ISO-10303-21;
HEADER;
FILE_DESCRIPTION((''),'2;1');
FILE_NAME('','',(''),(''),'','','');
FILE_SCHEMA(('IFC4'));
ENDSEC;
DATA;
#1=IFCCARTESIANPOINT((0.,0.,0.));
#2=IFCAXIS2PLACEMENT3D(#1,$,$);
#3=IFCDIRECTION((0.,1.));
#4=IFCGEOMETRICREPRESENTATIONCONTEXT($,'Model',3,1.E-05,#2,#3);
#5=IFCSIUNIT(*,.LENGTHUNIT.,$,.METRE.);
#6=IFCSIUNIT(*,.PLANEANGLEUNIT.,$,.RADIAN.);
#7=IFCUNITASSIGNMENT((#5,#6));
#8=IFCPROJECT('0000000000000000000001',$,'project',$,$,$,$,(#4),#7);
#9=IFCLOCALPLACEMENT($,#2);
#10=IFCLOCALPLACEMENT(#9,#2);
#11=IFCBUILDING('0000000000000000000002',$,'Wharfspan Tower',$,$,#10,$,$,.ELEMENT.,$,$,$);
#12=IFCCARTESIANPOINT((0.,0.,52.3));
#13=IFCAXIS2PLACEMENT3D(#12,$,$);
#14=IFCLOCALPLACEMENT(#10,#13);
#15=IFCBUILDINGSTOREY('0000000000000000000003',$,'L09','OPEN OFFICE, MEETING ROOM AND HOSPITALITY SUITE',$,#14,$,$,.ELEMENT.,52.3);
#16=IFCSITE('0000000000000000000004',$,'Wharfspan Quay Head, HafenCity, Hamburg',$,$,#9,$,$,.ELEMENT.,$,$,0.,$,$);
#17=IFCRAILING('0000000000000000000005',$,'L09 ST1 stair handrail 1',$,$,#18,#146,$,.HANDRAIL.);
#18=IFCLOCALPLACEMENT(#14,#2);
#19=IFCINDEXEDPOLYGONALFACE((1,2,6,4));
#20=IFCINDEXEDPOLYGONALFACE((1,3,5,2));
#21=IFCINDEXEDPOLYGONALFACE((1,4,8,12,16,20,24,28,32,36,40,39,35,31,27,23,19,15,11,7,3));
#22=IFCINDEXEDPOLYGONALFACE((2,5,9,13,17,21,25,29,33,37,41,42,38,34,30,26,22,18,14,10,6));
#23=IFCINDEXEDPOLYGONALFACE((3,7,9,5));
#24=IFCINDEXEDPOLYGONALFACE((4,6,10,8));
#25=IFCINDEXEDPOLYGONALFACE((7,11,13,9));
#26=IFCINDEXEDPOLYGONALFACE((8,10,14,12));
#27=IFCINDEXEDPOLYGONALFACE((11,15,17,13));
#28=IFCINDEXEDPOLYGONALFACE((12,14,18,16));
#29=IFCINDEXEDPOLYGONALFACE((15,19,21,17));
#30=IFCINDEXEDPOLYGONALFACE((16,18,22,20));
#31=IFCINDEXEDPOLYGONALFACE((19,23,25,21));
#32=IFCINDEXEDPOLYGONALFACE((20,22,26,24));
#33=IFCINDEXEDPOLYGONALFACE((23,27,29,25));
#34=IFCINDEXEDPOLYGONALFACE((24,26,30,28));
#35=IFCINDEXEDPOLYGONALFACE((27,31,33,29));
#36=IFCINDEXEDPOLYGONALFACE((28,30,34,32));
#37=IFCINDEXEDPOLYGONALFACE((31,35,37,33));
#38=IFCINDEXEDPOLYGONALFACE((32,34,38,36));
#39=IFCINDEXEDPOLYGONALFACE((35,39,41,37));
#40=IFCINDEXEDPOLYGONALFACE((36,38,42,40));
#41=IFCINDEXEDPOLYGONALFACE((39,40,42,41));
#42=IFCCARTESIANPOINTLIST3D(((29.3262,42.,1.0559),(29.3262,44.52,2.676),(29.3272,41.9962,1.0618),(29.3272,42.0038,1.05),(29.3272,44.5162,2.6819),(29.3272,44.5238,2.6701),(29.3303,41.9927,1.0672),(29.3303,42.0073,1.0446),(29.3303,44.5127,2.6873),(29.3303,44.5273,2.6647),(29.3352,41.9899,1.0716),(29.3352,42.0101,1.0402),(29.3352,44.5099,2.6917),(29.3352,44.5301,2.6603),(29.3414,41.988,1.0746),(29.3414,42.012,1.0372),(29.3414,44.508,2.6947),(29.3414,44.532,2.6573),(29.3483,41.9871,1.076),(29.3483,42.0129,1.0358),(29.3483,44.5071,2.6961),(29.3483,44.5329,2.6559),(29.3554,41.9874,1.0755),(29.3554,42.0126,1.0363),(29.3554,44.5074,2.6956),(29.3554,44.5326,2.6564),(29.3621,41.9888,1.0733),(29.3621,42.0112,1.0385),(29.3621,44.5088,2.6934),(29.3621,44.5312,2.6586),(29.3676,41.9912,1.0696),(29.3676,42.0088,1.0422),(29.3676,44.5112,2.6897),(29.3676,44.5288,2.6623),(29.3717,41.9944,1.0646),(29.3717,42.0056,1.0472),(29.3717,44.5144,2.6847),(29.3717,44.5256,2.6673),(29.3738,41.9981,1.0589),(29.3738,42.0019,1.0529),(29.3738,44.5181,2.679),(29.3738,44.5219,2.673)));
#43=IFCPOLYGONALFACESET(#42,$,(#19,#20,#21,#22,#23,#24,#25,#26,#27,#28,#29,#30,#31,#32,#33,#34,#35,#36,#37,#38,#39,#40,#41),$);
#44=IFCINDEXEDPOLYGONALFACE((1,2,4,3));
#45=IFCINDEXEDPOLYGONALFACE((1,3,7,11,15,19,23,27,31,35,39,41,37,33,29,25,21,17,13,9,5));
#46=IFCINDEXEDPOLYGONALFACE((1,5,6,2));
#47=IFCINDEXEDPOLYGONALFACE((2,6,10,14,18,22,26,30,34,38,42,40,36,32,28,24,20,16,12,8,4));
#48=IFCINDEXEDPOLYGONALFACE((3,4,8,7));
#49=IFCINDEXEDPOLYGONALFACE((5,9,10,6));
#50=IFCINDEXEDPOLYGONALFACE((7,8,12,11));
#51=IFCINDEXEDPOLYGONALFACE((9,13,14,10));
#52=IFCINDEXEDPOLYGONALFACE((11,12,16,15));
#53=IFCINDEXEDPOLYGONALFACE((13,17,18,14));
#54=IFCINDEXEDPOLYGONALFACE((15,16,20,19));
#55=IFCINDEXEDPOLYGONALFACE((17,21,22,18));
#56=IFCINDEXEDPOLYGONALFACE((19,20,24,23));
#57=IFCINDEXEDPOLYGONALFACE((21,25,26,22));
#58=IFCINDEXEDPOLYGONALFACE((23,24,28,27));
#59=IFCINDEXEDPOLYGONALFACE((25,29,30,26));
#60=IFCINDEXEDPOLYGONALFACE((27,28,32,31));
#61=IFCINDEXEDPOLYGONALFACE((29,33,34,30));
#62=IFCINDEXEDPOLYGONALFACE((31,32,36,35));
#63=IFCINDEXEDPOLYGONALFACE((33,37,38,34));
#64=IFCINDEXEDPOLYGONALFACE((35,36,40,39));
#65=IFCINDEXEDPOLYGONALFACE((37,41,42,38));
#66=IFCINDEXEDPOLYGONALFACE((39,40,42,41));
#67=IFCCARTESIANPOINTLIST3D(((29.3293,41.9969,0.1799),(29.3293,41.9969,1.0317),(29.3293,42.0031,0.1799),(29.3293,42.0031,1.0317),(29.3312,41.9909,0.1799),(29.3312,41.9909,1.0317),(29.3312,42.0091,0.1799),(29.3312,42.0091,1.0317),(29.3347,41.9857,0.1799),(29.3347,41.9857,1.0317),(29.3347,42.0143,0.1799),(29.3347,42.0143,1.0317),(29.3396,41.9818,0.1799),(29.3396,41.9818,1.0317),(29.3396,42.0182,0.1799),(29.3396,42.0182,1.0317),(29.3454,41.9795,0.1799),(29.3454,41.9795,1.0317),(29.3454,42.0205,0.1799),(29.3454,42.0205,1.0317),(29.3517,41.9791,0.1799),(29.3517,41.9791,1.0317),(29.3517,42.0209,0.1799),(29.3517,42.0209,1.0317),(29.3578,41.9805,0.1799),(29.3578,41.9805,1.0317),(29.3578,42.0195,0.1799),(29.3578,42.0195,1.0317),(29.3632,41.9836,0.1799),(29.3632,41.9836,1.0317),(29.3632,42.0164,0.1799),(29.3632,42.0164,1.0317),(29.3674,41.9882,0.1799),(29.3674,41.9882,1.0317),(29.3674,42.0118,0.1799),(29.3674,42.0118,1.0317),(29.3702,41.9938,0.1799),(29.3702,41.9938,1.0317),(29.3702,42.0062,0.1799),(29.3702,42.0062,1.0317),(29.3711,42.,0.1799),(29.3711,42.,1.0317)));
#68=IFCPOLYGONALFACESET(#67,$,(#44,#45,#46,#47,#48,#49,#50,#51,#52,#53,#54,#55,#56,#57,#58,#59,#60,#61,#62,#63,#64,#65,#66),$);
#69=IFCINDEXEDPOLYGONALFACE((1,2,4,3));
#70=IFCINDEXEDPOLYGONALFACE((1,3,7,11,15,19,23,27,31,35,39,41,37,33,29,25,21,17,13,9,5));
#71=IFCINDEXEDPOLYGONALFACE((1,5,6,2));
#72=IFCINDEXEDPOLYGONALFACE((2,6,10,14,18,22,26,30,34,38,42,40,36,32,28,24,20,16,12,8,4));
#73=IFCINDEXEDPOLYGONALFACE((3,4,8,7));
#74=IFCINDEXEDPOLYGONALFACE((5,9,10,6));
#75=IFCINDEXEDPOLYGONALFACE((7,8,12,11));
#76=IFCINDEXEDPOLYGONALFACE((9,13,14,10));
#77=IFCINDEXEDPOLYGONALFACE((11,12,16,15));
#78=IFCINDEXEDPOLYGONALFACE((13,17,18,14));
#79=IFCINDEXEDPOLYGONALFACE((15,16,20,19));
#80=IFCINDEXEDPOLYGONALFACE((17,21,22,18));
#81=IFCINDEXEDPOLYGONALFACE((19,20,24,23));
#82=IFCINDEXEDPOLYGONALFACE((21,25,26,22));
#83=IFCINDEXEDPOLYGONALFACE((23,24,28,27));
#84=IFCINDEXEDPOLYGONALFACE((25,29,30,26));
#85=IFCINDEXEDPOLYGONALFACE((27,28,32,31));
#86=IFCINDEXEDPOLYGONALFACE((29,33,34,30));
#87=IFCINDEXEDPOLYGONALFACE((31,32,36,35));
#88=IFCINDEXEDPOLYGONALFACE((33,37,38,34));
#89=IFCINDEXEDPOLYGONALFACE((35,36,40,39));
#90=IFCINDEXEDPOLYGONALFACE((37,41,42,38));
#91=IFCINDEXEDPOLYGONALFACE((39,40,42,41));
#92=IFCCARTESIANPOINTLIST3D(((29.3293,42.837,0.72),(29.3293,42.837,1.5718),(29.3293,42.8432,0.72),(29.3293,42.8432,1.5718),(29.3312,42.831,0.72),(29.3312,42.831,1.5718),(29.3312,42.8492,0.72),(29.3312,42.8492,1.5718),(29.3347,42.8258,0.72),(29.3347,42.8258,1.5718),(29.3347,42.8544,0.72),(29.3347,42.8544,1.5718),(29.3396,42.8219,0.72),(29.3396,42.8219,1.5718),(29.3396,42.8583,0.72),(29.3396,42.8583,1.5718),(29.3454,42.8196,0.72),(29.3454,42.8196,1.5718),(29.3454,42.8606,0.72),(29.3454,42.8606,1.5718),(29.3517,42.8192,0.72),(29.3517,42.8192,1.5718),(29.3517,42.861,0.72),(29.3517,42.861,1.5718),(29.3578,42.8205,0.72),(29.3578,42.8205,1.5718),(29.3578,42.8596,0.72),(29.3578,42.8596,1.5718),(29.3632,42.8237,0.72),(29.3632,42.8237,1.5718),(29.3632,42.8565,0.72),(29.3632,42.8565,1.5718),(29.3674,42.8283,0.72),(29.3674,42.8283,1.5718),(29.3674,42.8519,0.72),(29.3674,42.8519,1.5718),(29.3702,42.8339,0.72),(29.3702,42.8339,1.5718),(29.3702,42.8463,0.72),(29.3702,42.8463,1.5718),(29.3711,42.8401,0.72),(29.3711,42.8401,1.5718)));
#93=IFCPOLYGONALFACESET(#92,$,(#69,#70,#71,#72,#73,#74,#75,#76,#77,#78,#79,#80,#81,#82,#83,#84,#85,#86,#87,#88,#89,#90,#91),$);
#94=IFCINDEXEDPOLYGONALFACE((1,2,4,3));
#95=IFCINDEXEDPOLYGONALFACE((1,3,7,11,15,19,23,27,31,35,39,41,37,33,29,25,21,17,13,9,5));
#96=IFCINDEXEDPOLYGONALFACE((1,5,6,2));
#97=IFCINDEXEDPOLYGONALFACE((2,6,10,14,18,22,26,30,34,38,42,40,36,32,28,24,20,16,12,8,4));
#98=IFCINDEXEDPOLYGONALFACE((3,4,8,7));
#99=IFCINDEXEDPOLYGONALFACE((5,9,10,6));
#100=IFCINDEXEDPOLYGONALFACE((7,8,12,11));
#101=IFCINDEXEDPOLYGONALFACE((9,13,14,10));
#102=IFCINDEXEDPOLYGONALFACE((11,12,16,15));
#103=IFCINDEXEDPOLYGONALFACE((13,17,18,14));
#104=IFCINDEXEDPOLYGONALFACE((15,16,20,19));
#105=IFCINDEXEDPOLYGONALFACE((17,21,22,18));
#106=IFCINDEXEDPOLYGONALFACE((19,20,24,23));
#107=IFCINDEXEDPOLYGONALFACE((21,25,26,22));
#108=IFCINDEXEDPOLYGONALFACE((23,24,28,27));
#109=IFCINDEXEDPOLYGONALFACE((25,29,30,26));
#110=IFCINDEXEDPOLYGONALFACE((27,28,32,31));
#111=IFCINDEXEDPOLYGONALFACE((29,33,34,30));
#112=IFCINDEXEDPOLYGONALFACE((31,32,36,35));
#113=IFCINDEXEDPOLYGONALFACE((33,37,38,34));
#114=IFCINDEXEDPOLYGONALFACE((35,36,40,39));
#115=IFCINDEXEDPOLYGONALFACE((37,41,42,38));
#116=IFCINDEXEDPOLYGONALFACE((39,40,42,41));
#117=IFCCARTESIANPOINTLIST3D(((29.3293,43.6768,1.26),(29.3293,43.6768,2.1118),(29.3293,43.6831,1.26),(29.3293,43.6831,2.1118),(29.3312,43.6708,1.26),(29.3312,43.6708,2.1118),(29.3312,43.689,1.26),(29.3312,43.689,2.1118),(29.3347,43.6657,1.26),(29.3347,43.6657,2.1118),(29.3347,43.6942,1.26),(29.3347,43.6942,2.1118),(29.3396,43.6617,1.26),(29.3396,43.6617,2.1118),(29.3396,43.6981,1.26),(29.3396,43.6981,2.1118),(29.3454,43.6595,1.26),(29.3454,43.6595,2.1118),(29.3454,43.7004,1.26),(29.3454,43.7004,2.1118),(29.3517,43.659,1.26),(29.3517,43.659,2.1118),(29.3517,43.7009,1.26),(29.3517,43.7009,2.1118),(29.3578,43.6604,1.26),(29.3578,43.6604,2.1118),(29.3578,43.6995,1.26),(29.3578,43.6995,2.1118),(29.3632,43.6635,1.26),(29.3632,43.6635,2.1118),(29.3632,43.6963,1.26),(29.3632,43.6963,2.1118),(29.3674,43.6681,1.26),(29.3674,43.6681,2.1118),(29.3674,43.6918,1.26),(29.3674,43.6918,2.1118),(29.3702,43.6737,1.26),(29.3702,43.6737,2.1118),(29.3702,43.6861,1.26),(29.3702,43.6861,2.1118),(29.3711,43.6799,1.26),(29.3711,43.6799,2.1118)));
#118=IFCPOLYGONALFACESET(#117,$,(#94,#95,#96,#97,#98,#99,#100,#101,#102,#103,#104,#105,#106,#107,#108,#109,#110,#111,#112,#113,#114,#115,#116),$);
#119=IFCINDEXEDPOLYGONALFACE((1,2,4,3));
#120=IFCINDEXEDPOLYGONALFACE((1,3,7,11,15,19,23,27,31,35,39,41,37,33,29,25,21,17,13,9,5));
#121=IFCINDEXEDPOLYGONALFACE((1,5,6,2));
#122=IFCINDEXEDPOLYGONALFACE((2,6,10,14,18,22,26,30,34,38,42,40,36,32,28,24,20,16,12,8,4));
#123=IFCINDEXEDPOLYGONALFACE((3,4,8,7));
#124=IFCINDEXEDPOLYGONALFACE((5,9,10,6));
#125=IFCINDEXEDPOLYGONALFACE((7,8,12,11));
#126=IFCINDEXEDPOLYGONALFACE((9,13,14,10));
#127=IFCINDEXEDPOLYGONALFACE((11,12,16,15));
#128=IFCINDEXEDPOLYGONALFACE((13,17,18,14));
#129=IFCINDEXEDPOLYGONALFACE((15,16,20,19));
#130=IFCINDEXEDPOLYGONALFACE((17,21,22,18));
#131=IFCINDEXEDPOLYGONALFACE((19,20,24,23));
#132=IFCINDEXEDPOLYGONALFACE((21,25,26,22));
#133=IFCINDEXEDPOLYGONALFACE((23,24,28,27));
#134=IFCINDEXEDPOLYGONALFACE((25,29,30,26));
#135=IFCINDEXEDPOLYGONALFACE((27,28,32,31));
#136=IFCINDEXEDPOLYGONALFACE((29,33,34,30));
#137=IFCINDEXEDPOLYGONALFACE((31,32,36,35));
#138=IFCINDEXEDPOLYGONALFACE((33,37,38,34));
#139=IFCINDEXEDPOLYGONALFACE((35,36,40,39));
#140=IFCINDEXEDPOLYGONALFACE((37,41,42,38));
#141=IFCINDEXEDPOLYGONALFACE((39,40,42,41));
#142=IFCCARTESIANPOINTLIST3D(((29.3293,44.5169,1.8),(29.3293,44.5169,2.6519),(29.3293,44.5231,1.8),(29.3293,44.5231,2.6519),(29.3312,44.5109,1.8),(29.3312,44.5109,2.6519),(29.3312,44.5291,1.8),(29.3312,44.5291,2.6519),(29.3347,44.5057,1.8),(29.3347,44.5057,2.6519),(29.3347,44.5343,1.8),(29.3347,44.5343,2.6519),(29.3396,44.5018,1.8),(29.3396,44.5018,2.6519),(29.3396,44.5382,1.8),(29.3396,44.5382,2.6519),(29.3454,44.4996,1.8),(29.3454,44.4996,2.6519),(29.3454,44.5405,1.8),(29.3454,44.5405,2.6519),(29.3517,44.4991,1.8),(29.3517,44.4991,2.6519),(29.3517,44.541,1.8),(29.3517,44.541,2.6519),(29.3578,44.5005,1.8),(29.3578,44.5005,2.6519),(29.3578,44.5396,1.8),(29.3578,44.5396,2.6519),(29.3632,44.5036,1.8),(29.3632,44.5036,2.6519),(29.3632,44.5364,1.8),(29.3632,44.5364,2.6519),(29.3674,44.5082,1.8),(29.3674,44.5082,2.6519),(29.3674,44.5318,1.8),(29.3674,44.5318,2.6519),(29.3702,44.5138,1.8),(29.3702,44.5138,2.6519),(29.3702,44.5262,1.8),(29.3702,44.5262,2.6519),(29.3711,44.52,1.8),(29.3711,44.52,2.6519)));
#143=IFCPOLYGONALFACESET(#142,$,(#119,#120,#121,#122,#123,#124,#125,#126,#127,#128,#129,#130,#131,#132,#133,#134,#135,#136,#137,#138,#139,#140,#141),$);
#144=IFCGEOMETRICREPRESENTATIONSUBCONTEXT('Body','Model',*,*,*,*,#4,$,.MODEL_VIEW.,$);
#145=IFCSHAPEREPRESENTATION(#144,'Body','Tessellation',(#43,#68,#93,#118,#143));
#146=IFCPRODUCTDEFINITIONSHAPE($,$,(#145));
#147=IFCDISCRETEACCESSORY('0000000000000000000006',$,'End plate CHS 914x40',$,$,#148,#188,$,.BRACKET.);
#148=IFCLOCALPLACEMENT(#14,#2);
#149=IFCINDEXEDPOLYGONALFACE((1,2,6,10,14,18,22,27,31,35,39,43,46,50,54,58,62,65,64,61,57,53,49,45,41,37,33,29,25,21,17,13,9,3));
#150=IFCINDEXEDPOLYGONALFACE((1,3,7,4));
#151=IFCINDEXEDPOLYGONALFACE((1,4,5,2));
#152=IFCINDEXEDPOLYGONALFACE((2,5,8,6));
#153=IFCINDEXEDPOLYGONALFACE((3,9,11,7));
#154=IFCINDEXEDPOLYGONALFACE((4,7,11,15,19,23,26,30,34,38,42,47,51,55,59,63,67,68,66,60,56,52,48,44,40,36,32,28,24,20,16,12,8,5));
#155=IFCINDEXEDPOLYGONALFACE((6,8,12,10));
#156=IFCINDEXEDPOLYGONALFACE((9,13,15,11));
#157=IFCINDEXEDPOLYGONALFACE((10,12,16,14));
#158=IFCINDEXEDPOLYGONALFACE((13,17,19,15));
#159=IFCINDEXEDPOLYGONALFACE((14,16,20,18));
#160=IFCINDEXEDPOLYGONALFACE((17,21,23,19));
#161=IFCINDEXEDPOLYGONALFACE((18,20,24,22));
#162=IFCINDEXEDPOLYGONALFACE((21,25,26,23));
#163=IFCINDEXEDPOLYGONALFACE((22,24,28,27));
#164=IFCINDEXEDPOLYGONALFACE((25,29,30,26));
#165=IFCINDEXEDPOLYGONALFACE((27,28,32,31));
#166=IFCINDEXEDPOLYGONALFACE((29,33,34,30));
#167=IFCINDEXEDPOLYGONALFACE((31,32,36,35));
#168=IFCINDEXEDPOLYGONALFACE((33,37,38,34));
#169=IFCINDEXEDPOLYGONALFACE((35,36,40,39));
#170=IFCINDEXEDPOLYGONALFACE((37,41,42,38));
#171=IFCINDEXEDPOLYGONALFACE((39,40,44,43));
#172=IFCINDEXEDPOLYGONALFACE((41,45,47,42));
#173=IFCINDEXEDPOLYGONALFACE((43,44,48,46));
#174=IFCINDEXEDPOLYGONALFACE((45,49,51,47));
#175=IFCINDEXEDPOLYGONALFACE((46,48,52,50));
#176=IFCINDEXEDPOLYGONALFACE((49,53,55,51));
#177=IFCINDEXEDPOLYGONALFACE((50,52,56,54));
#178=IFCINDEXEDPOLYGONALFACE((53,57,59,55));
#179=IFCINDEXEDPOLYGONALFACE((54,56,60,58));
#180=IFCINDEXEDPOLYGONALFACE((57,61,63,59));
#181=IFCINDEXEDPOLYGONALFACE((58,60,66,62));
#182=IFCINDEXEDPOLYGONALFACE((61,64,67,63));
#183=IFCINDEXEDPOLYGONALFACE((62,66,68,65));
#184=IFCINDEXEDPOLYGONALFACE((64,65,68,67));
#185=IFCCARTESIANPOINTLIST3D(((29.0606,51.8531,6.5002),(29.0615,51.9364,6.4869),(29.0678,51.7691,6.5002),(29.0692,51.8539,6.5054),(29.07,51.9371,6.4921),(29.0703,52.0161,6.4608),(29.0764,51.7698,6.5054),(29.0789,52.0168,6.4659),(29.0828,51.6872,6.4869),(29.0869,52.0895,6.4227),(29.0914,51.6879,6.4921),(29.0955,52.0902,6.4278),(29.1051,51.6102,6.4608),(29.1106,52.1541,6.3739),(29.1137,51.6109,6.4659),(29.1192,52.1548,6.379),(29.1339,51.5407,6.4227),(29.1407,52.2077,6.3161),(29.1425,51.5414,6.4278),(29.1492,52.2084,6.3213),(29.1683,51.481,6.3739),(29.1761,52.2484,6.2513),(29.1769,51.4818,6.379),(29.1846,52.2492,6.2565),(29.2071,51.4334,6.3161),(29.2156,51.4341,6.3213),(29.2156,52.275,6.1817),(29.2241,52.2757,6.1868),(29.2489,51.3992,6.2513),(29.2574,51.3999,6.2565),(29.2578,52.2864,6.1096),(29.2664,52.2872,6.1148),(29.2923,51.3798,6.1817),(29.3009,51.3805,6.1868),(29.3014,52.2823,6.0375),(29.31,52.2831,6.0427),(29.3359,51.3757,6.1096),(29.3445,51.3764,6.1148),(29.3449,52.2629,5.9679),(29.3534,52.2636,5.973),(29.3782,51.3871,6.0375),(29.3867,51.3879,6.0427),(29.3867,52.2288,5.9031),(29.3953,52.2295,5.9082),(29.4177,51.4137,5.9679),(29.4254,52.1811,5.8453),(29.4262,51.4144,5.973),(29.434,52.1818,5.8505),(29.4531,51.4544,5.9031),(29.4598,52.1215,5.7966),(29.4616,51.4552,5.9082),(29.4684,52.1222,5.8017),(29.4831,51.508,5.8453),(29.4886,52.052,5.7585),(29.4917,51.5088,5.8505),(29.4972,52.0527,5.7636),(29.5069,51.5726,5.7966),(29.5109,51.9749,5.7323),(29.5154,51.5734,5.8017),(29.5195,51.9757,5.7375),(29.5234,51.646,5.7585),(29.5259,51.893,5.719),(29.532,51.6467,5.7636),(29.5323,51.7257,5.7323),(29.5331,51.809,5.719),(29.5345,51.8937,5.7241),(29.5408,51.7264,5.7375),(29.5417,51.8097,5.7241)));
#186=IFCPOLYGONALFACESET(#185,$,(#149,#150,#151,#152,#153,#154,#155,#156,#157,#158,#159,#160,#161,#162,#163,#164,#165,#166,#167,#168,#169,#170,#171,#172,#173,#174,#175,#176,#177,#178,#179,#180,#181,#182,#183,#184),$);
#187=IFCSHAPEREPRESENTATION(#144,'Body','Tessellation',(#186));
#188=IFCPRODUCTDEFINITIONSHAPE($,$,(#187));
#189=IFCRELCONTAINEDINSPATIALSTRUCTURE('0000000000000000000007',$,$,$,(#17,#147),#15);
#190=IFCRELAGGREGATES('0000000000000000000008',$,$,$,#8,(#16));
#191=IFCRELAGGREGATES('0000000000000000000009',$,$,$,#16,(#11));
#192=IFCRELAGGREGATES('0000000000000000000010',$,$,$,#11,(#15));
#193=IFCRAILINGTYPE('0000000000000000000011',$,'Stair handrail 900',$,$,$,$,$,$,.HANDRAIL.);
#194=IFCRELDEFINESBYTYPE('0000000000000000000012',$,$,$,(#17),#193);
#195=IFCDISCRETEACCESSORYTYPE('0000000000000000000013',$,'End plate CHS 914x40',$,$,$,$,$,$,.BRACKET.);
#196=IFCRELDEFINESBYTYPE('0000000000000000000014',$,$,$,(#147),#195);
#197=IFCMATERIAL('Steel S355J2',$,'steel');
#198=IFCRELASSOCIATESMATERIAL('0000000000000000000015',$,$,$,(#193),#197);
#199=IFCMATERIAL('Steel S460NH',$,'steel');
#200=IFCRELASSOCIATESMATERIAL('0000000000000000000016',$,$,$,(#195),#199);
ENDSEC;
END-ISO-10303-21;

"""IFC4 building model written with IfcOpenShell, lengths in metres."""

from ifc_helpers import new_model, si_unit, direction, frame, origin, origin_2d, place, context, subcontext, project, spatial, circle, extrude, material, material_profile, profile_set, type_object, element, save


model = new_model("IFC4")

# Units and contexts
model_context = context("Model", 3, precision=1e-05, world=origin(), true_north=direction((0.0, 1.0)))
body_context = subcontext(model_context, "Body", "Model", "MODEL_VIEW")
ifc_project = project(units=[si_unit("LENGTHUNIT", "METRE"), si_unit("PLANEANGLEUNIT", "RADIAN")], contexts=[model_context])

# Site, building, storey
site_placement = place(None, origin())
site = spatial("IfcSite", under=ifc_project, at=site_placement, Name="Wharfspan Quay Head, HafenCity, Hamburg", CompositionType="ELEMENT", RefElevation=0.0)
building_placement = place(site_placement, origin())
building = spatial("IfcBuilding", under=site, at=building_placement, Name="Wharfspan Tower", CompositionType="ELEMENT")
storey_placement = place(building_placement, frame((0.0, 0.0, 52.3)))
storey = spatial("IfcBuildingStorey", under=building, at=storey_placement, Name="L09", Description="OPEN OFFICE, MEETING ROOM AND HOSPITALITY SUITE", CompositionType="ELEMENT", Elevation=52.3)

# Shared definitions
ifc_material_1 = material(Name="Steel S355J2", Category="steel")

# Shared definitions
ifc_material_2 = material(Name="Steel S460NH", Category="steel")

# Railing
railing_type = type_object("IfcRailingType", Name="Stair handrail 900", PredefinedType="HANDRAIL", material=ifc_material_1)
railing_placement = place(storey_placement, frame((29.3501, 42.0, 0.1799)))
element("IfcRailing", 1, at=railing_placement, inside=storey, type_object=railing_type, Name="L09 ST1 stair handrail 1", PredefinedType="HANDRAIL", context=body_context, shape_type="SweptSolid", body=[
    extrude(circle(Radius=0.0239, at=origin_2d()), frame((0.0, 0.0, 0.876), z_axis=(0.0, 0.841163, 0.540782), x_axis=(-1.0, 0.0, 0.0)), (0.0, 0.0, 1.0), 2.9958),
    extrude(circle(Radius=0.021, at=origin_2d()), origin(), (0.0, 0.0, 1.0), 0.8518),
    extrude(circle(Radius=0.021, at=origin_2d()), frame((0.0, 0.8401, 0.54)), (0.0, 0.0, 1.0), 0.8518),
    extrude(circle(Radius=0.021, at=origin_2d()), frame((0.0, 1.6799, 1.0801)), (0.0, 0.0, 1.0), 0.8518),
    extrude(circle(Radius=0.021, at=origin_2d()), frame((0.0, 2.52, 1.6201)), (0.0, 0.0, 1.0), 0.8518),
])

# Discrete accessory
ifc_material_profile_1 = material_profile(ifc_material_2, circle(Radius=0.457, at=origin_2d()))
ifc_profile_set_1 = profile_set([ifc_material_profile_1], Name="Steel S460NH")
discrete_accessory_type = type_object("IfcDiscreteAccessoryType", Name="End plate CHS 914x40", PredefinedType="BRACKET", material=ifc_profile_set_1)
for number, where, z_axis, x_axis, name in (
    (2, (29.2969, 51.8311, 6.1096), (0.855186, 0.073302, 0.513112), (-0.085402, 0.996345, 0.000001), "End plate CHS 914x40"),
):
    element("IfcDiscreteAccessory", number, at=place(storey_placement, frame(where, z_axis=z_axis, x_axis=x_axis)), inside=storey, type_object=discrete_accessory_type, Name=name, PredefinedType="BRACKET", context=body_context, shape_type="SweptSolid", body=[
        extrude(circle(Radius=0.457, at=origin_2d()), origin(), (0.0, 0.0, 1.0), 0.01),
    ])

save(model, "model.ifc")
